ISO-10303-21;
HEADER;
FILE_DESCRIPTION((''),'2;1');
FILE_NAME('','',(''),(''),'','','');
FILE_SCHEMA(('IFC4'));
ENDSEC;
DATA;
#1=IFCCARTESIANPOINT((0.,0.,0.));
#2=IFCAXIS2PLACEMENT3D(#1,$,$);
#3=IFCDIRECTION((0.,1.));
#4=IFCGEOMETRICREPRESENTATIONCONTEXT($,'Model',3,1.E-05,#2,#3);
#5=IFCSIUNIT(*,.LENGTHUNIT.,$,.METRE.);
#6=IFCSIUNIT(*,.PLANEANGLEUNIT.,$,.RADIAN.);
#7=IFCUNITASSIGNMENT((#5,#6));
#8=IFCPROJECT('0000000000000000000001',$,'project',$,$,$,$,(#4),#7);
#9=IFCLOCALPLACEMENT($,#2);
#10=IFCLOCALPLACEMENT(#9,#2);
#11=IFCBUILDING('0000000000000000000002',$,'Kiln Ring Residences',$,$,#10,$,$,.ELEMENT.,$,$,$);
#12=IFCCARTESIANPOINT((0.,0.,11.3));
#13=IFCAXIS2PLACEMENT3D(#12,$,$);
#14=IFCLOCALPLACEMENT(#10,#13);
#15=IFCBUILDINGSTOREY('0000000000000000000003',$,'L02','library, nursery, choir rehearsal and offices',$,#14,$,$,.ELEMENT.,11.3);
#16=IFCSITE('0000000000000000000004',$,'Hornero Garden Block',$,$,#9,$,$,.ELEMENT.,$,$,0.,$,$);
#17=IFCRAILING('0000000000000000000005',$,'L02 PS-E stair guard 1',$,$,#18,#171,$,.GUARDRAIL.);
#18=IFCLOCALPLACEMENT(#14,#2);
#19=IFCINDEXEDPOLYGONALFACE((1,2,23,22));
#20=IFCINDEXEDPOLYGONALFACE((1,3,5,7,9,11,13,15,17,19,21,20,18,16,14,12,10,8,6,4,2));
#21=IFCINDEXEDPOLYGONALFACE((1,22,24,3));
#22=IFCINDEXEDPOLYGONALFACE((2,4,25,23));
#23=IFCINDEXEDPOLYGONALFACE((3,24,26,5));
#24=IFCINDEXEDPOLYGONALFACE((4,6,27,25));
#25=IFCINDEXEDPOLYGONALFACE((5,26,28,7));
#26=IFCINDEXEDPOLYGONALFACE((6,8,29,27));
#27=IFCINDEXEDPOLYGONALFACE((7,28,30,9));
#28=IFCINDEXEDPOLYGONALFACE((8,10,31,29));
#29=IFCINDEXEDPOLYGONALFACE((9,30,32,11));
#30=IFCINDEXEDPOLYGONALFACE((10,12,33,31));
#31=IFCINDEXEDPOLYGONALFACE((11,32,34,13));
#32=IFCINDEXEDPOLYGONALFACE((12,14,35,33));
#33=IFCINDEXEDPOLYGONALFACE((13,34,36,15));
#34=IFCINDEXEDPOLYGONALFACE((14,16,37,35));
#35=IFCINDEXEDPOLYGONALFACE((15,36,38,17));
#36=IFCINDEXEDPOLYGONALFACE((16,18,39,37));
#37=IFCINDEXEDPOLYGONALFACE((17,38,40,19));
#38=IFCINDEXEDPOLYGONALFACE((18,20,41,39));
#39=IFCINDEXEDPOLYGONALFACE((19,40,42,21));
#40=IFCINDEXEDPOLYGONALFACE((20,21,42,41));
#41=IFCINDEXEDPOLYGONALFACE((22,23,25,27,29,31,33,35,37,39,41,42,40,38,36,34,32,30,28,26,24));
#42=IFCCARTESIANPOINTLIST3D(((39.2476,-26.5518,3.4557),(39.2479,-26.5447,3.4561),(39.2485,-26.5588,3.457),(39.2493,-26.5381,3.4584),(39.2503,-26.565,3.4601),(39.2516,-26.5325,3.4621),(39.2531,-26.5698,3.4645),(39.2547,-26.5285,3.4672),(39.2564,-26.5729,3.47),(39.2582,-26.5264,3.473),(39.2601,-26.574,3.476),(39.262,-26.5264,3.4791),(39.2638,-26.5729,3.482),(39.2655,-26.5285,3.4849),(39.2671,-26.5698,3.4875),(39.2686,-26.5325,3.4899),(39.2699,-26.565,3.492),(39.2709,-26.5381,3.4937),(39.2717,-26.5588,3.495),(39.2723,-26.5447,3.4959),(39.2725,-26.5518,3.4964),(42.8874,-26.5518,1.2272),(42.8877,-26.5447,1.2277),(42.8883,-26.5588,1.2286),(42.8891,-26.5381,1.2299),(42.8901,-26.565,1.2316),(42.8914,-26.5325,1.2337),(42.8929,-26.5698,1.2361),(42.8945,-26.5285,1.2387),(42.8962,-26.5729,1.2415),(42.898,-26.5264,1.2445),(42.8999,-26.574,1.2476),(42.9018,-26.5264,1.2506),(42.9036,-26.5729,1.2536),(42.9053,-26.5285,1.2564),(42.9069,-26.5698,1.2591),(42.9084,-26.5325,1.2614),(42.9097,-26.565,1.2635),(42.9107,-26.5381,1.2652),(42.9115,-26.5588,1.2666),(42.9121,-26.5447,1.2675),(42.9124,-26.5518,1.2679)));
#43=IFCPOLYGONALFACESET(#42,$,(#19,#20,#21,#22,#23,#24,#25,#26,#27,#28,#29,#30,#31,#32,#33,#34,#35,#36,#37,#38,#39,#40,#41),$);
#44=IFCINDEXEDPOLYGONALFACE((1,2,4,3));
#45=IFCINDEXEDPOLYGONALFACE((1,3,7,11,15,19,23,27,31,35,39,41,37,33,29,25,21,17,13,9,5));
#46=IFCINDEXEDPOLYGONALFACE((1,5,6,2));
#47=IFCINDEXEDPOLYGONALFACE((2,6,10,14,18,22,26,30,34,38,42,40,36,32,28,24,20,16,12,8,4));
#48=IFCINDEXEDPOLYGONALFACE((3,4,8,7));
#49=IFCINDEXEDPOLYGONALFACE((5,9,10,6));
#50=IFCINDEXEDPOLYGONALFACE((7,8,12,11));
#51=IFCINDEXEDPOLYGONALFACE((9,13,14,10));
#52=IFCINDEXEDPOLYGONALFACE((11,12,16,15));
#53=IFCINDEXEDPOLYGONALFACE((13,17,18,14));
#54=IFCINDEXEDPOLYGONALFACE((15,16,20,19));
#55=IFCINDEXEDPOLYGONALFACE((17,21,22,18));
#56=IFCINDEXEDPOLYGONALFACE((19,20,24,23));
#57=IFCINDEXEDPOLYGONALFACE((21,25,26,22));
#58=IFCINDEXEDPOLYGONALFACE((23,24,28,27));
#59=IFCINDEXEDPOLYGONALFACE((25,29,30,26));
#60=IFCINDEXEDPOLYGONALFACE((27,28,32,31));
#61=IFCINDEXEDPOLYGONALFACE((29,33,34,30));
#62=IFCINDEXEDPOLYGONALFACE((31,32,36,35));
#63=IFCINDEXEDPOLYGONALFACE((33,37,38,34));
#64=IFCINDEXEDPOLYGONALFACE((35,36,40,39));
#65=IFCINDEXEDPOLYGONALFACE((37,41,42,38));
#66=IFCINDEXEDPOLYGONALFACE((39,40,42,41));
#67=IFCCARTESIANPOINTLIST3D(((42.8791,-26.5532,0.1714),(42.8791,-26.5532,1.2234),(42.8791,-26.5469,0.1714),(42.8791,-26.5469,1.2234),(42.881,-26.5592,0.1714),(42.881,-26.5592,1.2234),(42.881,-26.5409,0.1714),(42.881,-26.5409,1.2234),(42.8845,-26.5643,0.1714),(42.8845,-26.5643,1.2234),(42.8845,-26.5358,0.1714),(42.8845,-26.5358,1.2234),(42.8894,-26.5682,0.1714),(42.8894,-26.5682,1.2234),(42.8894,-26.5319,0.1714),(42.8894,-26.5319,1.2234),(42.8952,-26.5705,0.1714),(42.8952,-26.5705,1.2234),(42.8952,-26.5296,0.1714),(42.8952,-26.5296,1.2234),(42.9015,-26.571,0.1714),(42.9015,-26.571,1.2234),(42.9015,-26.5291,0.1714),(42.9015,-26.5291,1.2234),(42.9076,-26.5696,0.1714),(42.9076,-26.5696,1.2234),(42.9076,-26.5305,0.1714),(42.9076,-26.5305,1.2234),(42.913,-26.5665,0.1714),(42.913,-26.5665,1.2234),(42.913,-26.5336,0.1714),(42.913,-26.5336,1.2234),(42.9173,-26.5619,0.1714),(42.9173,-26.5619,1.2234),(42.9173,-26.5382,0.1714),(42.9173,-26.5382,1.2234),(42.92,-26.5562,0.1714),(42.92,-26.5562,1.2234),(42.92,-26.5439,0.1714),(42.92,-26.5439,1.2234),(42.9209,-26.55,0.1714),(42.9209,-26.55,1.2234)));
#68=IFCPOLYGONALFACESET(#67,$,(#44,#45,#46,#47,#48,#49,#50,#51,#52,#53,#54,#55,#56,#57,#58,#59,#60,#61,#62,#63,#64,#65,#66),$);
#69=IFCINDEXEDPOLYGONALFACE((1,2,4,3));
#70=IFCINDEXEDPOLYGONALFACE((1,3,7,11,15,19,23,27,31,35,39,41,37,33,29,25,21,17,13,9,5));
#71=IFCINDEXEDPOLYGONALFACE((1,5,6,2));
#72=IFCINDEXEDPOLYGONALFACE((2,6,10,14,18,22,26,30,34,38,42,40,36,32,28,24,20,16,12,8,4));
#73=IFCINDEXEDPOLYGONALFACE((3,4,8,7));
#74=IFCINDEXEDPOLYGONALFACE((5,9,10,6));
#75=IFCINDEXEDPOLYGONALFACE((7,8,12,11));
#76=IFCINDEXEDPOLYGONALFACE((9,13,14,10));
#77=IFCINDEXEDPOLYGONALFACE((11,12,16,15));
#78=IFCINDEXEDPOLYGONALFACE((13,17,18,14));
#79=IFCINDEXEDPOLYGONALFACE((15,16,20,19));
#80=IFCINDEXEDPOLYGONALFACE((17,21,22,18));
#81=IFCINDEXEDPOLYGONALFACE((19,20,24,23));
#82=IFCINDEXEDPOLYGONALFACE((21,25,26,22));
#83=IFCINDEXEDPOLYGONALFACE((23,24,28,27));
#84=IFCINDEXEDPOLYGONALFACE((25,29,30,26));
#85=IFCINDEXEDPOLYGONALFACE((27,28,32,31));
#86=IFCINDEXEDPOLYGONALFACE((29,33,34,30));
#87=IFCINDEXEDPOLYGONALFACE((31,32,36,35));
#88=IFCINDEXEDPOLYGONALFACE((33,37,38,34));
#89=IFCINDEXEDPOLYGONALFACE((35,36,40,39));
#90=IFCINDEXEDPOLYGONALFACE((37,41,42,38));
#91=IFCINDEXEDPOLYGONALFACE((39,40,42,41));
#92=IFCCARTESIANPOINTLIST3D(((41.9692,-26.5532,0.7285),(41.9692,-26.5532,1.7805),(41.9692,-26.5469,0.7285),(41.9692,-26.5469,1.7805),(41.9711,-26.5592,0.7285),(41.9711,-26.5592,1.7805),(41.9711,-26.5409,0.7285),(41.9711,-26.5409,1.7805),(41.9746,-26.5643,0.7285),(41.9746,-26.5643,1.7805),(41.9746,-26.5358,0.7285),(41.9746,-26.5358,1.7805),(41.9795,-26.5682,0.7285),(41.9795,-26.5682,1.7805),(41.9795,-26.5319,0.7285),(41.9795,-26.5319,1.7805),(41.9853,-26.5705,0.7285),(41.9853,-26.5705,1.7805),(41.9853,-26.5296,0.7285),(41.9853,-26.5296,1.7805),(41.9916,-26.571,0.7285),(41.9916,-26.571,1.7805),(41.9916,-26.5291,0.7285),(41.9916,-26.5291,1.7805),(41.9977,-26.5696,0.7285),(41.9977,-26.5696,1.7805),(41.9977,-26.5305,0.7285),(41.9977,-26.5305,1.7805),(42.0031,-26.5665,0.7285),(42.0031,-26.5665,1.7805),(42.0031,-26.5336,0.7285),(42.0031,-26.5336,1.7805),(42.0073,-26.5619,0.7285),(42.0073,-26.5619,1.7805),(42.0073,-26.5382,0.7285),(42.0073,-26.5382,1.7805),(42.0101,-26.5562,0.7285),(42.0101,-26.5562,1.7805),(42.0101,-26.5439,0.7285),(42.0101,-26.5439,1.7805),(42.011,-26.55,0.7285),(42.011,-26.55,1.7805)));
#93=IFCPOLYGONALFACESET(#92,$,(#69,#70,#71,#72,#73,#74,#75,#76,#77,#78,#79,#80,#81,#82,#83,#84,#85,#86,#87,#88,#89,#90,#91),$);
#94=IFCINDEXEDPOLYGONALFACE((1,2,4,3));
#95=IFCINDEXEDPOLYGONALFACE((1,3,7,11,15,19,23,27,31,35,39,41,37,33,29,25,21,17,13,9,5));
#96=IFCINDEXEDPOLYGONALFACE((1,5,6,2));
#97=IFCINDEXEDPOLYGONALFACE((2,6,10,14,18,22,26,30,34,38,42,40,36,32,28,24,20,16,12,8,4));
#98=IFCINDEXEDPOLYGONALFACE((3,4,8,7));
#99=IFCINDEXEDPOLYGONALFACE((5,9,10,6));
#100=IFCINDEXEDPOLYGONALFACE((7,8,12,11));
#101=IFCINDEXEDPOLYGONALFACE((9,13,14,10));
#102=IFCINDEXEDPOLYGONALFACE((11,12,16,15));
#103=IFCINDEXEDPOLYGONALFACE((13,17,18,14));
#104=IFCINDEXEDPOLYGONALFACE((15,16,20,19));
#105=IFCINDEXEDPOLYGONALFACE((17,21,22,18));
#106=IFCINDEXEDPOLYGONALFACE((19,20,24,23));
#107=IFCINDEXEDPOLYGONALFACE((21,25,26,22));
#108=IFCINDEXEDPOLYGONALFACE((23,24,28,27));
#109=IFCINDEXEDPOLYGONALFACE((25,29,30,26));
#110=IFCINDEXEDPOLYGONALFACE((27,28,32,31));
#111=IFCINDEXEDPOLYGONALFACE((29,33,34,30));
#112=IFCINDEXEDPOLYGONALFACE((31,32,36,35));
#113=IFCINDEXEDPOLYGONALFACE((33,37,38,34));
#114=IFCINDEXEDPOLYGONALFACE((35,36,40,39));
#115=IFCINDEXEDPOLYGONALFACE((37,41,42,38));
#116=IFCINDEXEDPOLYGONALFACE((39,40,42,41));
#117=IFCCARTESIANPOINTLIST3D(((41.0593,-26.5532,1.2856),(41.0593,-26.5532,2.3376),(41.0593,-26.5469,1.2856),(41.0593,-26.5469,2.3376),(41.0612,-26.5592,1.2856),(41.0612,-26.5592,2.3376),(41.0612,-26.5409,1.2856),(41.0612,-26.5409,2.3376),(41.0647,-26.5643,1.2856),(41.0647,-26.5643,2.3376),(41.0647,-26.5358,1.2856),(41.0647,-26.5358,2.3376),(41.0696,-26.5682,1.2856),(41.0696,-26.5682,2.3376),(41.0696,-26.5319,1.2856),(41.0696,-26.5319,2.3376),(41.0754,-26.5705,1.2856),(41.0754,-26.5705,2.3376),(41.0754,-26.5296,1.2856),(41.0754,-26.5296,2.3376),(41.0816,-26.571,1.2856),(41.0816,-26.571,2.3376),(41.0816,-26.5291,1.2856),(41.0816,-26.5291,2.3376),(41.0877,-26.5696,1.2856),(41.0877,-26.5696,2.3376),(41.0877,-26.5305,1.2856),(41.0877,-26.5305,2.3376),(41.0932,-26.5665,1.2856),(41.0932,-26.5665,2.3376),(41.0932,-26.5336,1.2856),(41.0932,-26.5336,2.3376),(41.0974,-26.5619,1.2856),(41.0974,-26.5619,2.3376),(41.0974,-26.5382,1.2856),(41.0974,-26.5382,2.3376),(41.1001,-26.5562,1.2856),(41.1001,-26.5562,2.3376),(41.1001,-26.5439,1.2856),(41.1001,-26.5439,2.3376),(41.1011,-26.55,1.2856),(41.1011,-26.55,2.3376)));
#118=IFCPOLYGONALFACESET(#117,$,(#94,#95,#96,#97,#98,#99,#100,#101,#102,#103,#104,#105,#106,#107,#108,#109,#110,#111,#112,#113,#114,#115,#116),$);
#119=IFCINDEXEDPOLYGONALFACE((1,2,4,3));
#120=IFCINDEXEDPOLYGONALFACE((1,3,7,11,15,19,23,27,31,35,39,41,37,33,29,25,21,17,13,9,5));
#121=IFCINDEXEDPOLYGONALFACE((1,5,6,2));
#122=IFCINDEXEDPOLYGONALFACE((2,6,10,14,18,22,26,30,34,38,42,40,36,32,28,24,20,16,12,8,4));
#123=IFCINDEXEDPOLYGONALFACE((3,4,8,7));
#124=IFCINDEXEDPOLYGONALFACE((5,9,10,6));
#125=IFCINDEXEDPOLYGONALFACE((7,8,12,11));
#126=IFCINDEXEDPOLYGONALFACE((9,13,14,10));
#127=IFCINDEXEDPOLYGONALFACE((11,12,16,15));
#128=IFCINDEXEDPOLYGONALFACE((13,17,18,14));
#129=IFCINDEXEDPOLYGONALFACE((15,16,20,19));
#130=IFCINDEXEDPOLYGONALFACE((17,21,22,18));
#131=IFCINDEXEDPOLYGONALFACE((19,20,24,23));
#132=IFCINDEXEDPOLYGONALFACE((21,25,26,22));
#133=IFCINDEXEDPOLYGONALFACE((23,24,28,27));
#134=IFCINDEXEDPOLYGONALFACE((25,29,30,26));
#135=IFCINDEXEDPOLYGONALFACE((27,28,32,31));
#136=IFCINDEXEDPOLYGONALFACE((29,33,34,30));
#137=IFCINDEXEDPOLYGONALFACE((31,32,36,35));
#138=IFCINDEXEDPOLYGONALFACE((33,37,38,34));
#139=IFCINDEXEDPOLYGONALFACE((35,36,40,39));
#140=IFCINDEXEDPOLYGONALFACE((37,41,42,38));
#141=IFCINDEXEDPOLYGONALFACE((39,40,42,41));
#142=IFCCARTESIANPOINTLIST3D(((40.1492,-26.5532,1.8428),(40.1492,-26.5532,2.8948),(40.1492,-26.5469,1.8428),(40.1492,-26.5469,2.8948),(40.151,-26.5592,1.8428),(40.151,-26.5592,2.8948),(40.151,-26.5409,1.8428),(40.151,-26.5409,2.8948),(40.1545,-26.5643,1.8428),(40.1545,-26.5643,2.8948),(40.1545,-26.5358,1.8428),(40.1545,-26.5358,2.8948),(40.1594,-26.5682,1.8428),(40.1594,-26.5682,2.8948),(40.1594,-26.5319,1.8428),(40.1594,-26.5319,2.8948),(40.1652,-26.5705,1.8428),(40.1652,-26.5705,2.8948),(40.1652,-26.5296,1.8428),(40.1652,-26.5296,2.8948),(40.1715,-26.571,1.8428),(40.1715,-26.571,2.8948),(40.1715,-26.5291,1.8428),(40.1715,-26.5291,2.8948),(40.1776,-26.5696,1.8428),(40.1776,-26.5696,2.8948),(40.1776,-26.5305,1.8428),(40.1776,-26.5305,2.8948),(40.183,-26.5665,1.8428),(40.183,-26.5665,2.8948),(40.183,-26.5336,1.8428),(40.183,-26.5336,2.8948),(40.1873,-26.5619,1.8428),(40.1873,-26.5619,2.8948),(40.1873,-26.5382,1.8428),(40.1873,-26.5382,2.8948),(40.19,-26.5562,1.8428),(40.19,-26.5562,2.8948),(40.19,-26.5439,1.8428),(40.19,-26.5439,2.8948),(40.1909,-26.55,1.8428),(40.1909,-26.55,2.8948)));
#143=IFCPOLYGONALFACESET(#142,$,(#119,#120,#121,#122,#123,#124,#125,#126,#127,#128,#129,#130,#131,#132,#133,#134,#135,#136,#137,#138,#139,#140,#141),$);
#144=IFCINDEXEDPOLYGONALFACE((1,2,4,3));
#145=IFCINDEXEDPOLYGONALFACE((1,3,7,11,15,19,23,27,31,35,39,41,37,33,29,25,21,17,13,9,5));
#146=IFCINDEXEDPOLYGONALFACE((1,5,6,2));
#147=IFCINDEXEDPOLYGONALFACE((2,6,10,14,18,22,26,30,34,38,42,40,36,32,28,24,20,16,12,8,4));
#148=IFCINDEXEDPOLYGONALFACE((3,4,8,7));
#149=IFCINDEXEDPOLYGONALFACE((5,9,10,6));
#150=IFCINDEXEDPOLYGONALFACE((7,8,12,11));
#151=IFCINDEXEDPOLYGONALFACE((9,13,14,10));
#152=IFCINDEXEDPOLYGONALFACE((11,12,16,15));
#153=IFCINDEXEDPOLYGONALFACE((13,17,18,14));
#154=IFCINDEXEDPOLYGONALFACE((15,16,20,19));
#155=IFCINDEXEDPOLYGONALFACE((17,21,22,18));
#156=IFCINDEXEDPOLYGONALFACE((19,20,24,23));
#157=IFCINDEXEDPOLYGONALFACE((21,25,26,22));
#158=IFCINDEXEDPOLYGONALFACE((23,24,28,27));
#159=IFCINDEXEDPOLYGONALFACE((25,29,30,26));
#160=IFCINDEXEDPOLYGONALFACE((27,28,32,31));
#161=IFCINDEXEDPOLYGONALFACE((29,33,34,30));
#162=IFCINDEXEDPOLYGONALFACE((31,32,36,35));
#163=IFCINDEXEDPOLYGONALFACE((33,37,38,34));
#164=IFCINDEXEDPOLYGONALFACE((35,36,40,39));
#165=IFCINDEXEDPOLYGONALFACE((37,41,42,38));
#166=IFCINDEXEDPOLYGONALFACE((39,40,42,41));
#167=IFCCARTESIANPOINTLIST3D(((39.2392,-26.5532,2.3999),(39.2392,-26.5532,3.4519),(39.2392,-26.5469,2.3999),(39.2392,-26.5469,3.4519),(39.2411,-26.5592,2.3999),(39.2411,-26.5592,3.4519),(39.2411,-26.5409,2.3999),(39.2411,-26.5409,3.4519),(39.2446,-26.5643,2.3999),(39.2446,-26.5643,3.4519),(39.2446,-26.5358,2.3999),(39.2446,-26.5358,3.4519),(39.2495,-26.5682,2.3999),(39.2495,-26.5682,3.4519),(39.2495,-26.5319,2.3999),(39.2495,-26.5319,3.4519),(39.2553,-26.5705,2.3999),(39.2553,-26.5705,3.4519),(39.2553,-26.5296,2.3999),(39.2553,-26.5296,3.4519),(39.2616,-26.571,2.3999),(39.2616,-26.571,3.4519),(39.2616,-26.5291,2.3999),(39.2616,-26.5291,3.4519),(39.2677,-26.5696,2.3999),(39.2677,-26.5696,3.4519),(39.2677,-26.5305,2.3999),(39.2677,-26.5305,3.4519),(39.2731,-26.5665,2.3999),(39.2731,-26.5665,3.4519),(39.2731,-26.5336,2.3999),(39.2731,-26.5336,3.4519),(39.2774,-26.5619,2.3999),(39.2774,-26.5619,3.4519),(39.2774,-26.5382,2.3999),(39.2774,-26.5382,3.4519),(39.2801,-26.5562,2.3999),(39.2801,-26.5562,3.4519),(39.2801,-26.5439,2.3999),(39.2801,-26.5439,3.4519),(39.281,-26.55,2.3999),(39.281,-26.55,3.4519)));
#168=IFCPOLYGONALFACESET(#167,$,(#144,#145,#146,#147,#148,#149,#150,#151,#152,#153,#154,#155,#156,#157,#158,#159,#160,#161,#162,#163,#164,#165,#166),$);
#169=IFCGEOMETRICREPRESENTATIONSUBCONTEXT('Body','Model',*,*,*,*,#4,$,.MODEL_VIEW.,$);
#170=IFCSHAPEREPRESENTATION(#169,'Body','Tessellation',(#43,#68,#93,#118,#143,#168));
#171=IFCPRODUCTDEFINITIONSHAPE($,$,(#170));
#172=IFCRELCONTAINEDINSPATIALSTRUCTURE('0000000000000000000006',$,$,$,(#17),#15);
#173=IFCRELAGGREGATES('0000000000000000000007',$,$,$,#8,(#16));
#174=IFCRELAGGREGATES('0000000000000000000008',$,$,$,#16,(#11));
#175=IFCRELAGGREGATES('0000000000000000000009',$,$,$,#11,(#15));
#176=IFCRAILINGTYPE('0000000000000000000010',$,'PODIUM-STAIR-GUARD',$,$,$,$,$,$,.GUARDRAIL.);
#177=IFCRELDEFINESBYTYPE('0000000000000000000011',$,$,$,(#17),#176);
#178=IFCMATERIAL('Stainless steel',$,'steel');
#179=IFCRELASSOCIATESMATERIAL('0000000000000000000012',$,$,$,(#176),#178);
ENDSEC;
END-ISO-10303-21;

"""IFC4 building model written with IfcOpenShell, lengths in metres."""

from ifc_helpers import new_model, si_unit, direction, frame, origin, origin_2d, place, context, subcontext, project, spatial, circle, extrude, material, type_object, element, save


model = new_model("IFC4")

# Units and contexts
model_context = context("Model", 3, precision=1e-05, world=origin(), true_north=direction((0.0, 1.0)))
body_context = subcontext(model_context, "Body", "Model", "MODEL_VIEW")
ifc_project = project(units=[si_unit("LENGTHUNIT", "METRE"), si_unit("PLANEANGLEUNIT", "RADIAN")], contexts=[model_context])

# Site, building, storey
site_placement = place(None, origin())
site = spatial("IfcSite", under=ifc_project, at=site_placement, Name="Hornero Garden Block", CompositionType="ELEMENT", RefElevation=0.0)
building_placement = place(site_placement, origin())
building = spatial("IfcBuilding", under=site, at=building_placement, Name="Kiln Ring Residences", CompositionType="ELEMENT")
storey_placement = place(building_placement, frame((0.0, 0.0, 11.3)))
storey = spatial("IfcBuildingStorey", under=building, at=storey_placement, Name="L02", Description="library, nursery, choir rehearsal and offices", CompositionType="ELEMENT", Elevation=11.3)

# Railing
ifc_material_1 = material(Name="Stainless steel", Category="steel")
railing_type_1 = type_object("IfcRailingType", Name="PODIUM-STAIR-GUARD", PredefinedType="GUARDRAIL", material=ifc_material_1)
railing_1_placement = place(storey_placement, frame((42.8999, -26.55, 0.1714)))
element("IfcRailing", 1, at=railing_1_placement, inside=storey, type_object=railing_type_1, Name="L02 PS-E stair guard 1", PredefinedType="GUARDRAIL", context=body_context, shape_type="SweptSolid", body=[
    extrude(circle(Radius=0.0239, at=origin_2d()), frame((0.0, 0.0, 1.0762), z_axis=(-0.85285, 0.0, 0.522156), x_axis=(0.0, -1.0, 0.0)), (0.0, 0.0, 1.0), 4.2678),
    extrude(circle(Radius=0.021, at=origin_2d()), origin(), (0.0, 0.0, 1.0), 1.052),
    extrude(circle(Radius=0.021, at=origin_2d()), frame((-0.9099, 0.0, 0.5571)), (0.0, 0.0, 1.0), 1.052),
    extrude(circle(Radius=0.021, at=origin_2d()), frame((-1.8198, 0.0, 1.1143)), (0.0, 0.0, 1.0), 1.052),
    extrude(circle(Radius=0.021, at=origin_2d()), frame((-2.73, 0.0, 1.6714)), (0.0, 0.0, 1.0), 1.052),
    extrude(circle(Radius=0.021, at=origin_2d()), frame((-3.6399, 0.0, 2.2285)), (0.0, 0.0, 1.0), 1.052),
])

save(model, "model.ifc")
